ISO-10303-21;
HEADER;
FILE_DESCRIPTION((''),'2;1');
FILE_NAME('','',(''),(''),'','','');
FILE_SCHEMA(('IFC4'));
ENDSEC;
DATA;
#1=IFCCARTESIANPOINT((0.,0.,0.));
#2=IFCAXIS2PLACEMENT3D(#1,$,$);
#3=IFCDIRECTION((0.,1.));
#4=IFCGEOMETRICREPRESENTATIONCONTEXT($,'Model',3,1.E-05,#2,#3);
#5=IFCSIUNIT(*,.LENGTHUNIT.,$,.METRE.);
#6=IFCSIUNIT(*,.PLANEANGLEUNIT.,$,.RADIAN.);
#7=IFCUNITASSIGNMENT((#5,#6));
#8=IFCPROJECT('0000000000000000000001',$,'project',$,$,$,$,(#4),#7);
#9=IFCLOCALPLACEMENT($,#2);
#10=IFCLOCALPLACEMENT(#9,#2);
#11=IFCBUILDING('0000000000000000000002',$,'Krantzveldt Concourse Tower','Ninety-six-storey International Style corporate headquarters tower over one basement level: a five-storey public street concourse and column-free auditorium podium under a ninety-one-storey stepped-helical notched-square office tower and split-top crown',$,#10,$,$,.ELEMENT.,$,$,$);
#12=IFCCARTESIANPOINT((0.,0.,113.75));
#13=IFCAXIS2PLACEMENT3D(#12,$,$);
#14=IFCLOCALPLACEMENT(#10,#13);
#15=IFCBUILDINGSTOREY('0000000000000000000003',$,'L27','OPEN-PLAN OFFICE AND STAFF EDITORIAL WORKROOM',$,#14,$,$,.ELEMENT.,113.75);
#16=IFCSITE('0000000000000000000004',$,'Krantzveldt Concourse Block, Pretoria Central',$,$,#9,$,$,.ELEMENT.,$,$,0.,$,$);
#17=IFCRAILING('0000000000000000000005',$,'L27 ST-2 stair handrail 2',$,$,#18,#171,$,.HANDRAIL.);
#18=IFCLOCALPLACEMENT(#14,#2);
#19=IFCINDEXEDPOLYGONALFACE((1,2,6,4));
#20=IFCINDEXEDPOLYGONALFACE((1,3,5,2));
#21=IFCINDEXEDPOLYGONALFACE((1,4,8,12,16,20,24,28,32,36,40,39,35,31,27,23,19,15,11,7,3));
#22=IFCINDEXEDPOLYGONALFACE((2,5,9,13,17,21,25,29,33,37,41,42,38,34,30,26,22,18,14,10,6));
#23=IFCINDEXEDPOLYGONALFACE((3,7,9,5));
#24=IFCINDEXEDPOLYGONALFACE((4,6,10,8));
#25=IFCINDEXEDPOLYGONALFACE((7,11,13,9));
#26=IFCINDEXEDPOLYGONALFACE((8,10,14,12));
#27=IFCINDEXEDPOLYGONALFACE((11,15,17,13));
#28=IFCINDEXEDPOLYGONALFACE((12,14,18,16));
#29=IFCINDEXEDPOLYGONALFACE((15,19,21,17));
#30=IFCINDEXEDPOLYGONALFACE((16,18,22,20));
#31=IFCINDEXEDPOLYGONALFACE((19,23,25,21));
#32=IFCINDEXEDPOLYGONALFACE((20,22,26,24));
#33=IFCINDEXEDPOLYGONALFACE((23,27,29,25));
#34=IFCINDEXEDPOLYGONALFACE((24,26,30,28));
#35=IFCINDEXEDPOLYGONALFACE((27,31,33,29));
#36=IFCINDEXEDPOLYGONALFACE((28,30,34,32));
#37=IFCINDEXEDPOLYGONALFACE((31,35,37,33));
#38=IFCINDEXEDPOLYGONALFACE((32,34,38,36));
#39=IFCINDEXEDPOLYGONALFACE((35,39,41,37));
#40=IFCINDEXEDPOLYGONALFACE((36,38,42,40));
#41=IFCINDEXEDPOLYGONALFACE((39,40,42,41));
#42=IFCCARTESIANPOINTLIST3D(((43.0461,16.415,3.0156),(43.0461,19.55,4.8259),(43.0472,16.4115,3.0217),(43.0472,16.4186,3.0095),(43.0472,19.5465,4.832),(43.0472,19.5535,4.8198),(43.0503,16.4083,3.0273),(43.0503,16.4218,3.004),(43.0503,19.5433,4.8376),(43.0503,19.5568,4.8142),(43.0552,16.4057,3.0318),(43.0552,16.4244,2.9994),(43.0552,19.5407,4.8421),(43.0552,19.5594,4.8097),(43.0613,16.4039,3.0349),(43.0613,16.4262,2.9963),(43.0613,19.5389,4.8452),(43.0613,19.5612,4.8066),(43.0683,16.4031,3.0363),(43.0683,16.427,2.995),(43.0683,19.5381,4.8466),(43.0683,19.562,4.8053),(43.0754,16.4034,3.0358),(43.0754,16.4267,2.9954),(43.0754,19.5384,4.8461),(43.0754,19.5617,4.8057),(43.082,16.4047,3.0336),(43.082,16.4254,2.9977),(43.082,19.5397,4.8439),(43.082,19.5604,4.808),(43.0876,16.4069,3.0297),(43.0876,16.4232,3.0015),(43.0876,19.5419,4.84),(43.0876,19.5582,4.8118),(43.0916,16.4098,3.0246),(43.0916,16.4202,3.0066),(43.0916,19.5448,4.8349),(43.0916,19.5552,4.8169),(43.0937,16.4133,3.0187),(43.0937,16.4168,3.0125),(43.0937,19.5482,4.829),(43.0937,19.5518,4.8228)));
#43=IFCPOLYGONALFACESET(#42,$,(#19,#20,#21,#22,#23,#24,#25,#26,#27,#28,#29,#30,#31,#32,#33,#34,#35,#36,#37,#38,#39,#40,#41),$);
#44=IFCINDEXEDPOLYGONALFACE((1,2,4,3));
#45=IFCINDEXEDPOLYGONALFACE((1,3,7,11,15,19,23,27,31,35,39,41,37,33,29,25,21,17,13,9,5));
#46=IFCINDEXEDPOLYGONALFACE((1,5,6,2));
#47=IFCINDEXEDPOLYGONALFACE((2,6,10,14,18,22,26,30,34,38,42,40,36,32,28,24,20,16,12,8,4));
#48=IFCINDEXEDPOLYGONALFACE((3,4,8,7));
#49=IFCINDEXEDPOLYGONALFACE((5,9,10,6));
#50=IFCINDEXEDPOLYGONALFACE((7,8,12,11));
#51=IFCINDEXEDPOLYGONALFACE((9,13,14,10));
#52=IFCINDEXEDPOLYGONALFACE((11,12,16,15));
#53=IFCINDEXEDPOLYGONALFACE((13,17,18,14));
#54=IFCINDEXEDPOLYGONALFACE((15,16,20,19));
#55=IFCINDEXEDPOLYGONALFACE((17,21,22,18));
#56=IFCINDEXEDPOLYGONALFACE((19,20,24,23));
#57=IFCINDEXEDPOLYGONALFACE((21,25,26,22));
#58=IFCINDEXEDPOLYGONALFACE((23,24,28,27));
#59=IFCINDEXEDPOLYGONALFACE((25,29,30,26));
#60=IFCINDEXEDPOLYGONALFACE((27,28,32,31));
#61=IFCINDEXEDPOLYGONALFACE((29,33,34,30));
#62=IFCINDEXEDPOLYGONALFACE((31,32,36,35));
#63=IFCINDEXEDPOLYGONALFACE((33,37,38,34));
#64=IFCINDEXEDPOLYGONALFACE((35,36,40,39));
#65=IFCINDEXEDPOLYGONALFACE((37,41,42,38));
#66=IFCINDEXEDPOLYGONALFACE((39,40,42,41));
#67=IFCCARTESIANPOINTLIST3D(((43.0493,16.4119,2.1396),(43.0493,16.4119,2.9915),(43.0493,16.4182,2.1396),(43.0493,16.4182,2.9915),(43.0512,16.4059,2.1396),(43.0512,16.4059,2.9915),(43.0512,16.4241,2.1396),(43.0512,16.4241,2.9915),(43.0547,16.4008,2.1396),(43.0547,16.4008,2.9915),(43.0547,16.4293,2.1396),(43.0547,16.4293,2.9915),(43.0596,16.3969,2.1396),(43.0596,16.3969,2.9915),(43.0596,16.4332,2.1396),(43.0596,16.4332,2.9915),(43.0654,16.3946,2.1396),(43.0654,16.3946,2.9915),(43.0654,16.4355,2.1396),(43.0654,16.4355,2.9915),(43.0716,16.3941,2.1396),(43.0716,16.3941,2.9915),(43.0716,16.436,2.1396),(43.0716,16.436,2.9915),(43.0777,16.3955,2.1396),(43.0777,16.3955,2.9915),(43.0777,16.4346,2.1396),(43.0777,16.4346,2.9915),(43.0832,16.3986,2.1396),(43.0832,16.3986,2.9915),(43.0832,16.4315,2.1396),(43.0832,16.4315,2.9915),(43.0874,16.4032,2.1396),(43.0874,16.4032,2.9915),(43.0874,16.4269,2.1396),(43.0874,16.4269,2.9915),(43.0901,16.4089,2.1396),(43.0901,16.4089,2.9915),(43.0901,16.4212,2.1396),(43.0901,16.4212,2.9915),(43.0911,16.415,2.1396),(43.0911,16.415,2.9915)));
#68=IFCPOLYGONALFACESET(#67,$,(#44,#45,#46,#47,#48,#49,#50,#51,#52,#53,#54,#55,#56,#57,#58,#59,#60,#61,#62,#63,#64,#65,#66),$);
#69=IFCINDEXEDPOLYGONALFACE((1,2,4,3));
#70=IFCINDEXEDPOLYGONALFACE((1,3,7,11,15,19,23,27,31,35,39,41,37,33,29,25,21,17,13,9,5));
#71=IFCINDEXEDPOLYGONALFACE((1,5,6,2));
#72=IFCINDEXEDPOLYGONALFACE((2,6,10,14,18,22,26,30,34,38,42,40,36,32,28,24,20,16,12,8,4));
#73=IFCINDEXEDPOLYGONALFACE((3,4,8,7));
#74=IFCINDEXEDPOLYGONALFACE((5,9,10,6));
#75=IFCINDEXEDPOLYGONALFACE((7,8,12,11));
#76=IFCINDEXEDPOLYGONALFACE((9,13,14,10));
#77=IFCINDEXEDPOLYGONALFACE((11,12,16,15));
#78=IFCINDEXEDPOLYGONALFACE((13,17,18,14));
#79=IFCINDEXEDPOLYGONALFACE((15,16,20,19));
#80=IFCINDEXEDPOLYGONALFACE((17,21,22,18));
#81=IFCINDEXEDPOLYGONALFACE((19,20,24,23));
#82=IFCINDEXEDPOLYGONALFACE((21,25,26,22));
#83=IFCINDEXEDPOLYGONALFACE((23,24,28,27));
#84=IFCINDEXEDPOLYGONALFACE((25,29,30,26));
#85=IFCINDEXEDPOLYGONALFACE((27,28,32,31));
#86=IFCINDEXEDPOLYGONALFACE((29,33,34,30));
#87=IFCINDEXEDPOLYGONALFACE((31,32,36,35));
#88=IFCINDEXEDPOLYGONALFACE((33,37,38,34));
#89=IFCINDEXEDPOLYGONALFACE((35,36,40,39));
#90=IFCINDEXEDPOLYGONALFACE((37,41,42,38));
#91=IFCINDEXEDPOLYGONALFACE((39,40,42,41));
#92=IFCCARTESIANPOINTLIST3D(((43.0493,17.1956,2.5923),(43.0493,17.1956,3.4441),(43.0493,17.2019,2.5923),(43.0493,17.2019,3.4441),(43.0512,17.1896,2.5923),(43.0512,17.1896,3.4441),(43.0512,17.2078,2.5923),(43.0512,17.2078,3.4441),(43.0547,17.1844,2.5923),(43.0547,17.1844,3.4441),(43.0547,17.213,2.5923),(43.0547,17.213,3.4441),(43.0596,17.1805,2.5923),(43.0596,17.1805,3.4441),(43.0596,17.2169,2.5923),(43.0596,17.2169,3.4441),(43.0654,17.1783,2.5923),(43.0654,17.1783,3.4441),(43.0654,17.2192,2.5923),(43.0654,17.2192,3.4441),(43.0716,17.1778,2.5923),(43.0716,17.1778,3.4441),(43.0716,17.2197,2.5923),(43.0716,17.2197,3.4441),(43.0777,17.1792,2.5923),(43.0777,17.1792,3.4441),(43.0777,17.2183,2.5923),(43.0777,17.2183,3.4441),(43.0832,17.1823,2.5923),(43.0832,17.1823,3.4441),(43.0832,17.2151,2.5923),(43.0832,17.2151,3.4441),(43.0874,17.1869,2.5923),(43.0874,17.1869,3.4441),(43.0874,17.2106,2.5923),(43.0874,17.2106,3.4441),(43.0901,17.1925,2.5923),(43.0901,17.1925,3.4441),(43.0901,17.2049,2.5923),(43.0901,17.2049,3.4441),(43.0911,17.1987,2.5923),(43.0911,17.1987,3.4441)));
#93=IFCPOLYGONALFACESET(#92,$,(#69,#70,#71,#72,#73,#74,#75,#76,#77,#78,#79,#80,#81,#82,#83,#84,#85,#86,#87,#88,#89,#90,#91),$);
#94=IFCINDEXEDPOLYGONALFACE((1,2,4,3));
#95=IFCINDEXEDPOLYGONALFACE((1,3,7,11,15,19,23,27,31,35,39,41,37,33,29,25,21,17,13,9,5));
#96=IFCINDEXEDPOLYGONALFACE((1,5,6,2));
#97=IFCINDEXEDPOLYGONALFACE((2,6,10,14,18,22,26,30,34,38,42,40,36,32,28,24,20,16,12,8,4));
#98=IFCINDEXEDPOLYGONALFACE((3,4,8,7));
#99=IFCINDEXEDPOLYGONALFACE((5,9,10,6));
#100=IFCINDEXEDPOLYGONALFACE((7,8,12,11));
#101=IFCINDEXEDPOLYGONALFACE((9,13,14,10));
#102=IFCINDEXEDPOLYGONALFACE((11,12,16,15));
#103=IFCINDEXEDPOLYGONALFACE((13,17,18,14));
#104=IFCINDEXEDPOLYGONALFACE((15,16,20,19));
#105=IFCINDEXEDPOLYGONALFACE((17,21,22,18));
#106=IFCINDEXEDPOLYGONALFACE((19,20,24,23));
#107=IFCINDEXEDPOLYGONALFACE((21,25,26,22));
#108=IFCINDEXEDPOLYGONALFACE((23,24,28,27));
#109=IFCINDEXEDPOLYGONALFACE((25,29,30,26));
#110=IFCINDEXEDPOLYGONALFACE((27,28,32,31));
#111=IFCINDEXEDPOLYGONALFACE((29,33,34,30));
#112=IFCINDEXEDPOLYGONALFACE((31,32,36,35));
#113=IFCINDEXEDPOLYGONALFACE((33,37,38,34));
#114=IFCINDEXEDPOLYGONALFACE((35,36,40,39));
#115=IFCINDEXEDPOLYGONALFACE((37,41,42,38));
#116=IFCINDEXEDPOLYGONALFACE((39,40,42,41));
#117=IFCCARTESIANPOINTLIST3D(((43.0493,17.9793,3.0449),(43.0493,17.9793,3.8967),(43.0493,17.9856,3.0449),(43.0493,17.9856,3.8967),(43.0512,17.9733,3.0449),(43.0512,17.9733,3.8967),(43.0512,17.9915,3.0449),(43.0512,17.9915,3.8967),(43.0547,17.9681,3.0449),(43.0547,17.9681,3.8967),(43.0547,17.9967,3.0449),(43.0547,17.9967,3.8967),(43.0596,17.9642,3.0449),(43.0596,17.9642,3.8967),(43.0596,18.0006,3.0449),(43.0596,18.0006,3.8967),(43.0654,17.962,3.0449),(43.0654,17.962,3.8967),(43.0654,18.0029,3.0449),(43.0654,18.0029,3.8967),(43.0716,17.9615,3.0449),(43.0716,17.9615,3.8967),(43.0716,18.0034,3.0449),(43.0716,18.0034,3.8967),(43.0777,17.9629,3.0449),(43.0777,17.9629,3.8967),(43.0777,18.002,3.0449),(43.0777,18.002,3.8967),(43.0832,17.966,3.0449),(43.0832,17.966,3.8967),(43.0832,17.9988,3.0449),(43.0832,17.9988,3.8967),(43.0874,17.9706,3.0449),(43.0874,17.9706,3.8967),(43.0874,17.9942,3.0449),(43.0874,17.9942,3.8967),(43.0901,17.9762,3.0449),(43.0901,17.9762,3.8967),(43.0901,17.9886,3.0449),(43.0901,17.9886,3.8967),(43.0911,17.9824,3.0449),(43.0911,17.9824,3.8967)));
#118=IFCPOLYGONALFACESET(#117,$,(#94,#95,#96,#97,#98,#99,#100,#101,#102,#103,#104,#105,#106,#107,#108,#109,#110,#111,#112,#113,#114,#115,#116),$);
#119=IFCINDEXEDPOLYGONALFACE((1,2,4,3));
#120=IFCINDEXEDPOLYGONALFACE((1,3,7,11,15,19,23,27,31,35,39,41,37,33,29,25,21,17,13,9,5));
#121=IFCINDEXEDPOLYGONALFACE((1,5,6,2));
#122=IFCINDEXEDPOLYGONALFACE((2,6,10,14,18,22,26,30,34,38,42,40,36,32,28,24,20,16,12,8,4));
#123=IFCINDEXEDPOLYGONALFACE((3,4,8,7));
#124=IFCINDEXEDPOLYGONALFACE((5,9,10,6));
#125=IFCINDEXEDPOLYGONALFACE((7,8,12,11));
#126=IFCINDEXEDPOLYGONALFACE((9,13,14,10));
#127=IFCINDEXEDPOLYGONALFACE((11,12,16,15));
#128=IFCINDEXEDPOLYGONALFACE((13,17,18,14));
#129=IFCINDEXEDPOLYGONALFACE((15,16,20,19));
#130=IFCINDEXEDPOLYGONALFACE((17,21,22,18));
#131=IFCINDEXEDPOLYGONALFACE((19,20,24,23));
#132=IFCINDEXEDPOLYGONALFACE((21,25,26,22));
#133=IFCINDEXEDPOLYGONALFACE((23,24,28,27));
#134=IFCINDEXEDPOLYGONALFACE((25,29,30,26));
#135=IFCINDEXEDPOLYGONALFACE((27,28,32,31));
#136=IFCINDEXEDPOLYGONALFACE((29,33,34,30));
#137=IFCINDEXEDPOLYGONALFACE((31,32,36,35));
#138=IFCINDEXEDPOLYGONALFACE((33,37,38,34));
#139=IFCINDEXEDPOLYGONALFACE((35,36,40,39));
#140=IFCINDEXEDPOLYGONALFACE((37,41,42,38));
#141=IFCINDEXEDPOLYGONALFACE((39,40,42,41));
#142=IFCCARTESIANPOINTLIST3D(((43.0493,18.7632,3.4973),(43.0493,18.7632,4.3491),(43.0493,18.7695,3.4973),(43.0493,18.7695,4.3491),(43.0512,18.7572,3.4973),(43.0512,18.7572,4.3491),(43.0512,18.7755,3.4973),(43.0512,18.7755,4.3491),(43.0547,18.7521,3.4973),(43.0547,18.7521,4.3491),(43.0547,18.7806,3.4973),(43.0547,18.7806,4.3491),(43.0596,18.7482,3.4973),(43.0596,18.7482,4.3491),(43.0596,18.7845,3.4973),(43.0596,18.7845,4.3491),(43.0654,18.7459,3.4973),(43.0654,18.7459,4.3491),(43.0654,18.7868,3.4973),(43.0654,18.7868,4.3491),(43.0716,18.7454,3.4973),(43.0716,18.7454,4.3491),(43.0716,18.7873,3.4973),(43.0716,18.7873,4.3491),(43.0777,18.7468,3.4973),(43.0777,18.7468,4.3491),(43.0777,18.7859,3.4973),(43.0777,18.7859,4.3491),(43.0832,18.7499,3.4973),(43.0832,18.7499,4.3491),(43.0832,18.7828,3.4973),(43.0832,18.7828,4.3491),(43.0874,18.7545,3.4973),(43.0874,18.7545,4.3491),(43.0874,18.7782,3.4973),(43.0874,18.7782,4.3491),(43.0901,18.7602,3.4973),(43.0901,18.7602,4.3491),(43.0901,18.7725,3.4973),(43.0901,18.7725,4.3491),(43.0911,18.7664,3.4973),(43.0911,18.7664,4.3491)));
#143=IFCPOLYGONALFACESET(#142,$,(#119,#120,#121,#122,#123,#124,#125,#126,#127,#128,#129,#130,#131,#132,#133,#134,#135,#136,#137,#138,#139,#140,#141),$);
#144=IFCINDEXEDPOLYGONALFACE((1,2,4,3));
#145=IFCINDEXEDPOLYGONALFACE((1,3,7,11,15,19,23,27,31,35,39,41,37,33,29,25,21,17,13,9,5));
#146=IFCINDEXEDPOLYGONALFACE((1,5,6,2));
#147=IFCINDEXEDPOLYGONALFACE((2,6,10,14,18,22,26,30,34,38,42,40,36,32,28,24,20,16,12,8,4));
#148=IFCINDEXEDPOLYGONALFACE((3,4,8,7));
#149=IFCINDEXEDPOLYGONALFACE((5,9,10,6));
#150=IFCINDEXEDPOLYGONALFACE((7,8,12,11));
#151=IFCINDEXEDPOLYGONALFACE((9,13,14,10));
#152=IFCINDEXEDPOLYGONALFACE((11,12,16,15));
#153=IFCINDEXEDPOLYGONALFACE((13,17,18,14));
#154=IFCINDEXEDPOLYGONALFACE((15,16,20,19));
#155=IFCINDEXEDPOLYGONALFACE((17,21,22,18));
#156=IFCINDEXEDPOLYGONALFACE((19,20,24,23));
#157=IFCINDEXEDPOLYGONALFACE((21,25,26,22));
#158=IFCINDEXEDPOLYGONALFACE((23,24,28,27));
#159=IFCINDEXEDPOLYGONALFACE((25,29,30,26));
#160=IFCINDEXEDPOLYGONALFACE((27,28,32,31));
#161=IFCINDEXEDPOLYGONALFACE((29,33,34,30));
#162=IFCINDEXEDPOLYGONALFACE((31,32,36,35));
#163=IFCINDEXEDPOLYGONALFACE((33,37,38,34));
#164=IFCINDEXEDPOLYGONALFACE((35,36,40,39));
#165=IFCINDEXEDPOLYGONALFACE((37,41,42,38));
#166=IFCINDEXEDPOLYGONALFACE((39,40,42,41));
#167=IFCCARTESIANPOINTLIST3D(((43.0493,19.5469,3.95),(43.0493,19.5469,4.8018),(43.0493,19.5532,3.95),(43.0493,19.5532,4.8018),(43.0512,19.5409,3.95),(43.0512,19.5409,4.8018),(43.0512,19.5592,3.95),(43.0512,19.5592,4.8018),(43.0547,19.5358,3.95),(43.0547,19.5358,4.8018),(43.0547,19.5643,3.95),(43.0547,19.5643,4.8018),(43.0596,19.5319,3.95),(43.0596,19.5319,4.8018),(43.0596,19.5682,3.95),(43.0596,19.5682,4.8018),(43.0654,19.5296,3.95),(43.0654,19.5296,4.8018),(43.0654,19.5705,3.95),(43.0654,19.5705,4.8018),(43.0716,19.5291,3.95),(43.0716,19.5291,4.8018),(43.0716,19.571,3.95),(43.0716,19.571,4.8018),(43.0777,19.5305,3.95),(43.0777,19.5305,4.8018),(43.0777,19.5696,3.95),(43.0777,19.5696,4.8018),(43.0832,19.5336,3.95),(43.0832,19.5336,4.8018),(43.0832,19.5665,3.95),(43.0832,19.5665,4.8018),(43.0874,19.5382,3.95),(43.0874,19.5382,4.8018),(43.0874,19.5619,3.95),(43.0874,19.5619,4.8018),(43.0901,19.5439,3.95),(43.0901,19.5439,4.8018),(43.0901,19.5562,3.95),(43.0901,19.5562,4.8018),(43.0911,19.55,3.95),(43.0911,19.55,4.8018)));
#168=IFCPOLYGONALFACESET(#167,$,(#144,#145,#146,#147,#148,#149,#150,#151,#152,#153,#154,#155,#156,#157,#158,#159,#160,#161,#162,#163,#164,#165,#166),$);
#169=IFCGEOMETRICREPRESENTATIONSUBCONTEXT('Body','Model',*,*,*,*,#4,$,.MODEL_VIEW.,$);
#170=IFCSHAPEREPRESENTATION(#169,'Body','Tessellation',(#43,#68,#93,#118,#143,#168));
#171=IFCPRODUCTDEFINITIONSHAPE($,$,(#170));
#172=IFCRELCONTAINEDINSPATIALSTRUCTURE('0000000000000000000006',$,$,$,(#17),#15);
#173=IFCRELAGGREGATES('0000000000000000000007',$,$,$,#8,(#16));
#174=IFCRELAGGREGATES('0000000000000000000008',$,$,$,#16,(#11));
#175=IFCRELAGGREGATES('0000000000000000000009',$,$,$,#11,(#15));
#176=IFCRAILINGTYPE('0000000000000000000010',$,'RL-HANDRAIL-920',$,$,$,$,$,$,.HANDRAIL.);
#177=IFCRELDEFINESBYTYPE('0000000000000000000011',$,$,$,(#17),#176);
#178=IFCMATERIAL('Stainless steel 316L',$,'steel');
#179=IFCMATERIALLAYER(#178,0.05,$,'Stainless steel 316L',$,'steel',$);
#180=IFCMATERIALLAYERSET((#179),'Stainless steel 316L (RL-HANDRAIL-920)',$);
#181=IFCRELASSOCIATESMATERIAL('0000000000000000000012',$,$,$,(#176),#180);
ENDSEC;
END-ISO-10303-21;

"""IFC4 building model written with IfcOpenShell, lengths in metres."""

from ifc_helpers import new_model, si_unit, direction, frame, origin, origin_2d, place, context, subcontext, project, spatial, circle, extrude, material, layer, layer_set, type_object, element, save


model = new_model("IFC4")

# Units and contexts
model_context = context("Model", 3, precision=1e-05, world=origin(), true_north=direction((0.0, 1.0)))
body_context = subcontext(model_context, "Body", "Model", "MODEL_VIEW")
ifc_project = project(units=[si_unit("LENGTHUNIT", "METRE"), si_unit("PLANEANGLEUNIT", "RADIAN")], contexts=[model_context])

# Site, building, storey
site_placement = place(None, origin())
site = spatial("IfcSite", under=ifc_project, at=site_placement, Name="Krantzveldt Concourse Block, Pretoria Central", CompositionType="ELEMENT", RefElevation=0.0)
building_placement = place(site_placement, origin())
building = spatial("IfcBuilding", under=site, at=building_placement, Name="Krantzveldt Concourse Tower", Description="Ninety-six-storey International Style corporate headquarters tower over one basement level: a five-storey public street concourse and column-free auditorium podium under a ninety-one-storey stepped-helical notched-square office tower and split-top crown", CompositionType="ELEMENT")
storey_placement = place(building_placement, frame((0.0, 0.0, 113.75)))
storey = spatial("IfcBuildingStorey", under=building, at=storey_placement, Name="L27", Description="OPEN-PLAN OFFICE AND STAFF EDITORIAL WORKROOM", CompositionType="ELEMENT", Elevation=113.75)

# Shared definitions
ifc_material_1 = material(Name="Stainless steel 316L", Category="steel")

# Railing
ifc_layer_1 = layer(ifc_material_1, 0.05, Name="Stainless steel 316L", Category="steel")
ifc_layer_set_1 = layer_set([ifc_layer_1], Name="Stainless steel 316L (RL-HANDRAIL-920)")
railing_type_1 = type_object("IfcRailingType", Name="RL-HANDRAIL-920", PredefinedType="HANDRAIL", material=ifc_layer_set_1)
railing_1_placement = place(storey_placement, frame((43.0701, 16.415, 2.1396)))
element("IfcRailing", 1, at=railing_1_placement, inside=storey, type_object=railing_type_1, Name="L27 ST-2 stair handrail 2", PredefinedType="HANDRAIL", context=body_context, shape_type="SweptSolid", body=[
    extrude(circle(Radius=0.0239, at=origin_2d()), frame((0.0, 0.0, 0.876), z_axis=(0.0, 0.865989, 0.500063), x_axis=(-1.0, 0.0, 0.0)), (0.0, 0.0, 1.0), 3.6201),
    extrude(circle(Radius=0.021, at=origin_2d()), origin(), (0.0, 0.0, 1.0), 0.8518),
    extrude(circle(Radius=0.021, at=origin_2d()), frame((0.0, 0.7837, 0.4526)), (0.0, 0.0, 1.0), 0.8518),
    extrude(circle(Radius=0.021, at=origin_2d()), frame((0.0, 1.5674, 0.9053)), (0.0, 0.0, 1.0), 0.8518),
    extrude(circle(Radius=0.021, at=origin_2d()), frame((0.0, 2.3513, 1.3577)), (0.0, 0.0, 1.0), 0.8518),
    extrude(circle(Radius=0.021, at=origin_2d()), frame((0.0, 3.135, 1.8103)), (0.0, 0.0, 1.0), 0.8518),
])

save(model, "model.ifc")
